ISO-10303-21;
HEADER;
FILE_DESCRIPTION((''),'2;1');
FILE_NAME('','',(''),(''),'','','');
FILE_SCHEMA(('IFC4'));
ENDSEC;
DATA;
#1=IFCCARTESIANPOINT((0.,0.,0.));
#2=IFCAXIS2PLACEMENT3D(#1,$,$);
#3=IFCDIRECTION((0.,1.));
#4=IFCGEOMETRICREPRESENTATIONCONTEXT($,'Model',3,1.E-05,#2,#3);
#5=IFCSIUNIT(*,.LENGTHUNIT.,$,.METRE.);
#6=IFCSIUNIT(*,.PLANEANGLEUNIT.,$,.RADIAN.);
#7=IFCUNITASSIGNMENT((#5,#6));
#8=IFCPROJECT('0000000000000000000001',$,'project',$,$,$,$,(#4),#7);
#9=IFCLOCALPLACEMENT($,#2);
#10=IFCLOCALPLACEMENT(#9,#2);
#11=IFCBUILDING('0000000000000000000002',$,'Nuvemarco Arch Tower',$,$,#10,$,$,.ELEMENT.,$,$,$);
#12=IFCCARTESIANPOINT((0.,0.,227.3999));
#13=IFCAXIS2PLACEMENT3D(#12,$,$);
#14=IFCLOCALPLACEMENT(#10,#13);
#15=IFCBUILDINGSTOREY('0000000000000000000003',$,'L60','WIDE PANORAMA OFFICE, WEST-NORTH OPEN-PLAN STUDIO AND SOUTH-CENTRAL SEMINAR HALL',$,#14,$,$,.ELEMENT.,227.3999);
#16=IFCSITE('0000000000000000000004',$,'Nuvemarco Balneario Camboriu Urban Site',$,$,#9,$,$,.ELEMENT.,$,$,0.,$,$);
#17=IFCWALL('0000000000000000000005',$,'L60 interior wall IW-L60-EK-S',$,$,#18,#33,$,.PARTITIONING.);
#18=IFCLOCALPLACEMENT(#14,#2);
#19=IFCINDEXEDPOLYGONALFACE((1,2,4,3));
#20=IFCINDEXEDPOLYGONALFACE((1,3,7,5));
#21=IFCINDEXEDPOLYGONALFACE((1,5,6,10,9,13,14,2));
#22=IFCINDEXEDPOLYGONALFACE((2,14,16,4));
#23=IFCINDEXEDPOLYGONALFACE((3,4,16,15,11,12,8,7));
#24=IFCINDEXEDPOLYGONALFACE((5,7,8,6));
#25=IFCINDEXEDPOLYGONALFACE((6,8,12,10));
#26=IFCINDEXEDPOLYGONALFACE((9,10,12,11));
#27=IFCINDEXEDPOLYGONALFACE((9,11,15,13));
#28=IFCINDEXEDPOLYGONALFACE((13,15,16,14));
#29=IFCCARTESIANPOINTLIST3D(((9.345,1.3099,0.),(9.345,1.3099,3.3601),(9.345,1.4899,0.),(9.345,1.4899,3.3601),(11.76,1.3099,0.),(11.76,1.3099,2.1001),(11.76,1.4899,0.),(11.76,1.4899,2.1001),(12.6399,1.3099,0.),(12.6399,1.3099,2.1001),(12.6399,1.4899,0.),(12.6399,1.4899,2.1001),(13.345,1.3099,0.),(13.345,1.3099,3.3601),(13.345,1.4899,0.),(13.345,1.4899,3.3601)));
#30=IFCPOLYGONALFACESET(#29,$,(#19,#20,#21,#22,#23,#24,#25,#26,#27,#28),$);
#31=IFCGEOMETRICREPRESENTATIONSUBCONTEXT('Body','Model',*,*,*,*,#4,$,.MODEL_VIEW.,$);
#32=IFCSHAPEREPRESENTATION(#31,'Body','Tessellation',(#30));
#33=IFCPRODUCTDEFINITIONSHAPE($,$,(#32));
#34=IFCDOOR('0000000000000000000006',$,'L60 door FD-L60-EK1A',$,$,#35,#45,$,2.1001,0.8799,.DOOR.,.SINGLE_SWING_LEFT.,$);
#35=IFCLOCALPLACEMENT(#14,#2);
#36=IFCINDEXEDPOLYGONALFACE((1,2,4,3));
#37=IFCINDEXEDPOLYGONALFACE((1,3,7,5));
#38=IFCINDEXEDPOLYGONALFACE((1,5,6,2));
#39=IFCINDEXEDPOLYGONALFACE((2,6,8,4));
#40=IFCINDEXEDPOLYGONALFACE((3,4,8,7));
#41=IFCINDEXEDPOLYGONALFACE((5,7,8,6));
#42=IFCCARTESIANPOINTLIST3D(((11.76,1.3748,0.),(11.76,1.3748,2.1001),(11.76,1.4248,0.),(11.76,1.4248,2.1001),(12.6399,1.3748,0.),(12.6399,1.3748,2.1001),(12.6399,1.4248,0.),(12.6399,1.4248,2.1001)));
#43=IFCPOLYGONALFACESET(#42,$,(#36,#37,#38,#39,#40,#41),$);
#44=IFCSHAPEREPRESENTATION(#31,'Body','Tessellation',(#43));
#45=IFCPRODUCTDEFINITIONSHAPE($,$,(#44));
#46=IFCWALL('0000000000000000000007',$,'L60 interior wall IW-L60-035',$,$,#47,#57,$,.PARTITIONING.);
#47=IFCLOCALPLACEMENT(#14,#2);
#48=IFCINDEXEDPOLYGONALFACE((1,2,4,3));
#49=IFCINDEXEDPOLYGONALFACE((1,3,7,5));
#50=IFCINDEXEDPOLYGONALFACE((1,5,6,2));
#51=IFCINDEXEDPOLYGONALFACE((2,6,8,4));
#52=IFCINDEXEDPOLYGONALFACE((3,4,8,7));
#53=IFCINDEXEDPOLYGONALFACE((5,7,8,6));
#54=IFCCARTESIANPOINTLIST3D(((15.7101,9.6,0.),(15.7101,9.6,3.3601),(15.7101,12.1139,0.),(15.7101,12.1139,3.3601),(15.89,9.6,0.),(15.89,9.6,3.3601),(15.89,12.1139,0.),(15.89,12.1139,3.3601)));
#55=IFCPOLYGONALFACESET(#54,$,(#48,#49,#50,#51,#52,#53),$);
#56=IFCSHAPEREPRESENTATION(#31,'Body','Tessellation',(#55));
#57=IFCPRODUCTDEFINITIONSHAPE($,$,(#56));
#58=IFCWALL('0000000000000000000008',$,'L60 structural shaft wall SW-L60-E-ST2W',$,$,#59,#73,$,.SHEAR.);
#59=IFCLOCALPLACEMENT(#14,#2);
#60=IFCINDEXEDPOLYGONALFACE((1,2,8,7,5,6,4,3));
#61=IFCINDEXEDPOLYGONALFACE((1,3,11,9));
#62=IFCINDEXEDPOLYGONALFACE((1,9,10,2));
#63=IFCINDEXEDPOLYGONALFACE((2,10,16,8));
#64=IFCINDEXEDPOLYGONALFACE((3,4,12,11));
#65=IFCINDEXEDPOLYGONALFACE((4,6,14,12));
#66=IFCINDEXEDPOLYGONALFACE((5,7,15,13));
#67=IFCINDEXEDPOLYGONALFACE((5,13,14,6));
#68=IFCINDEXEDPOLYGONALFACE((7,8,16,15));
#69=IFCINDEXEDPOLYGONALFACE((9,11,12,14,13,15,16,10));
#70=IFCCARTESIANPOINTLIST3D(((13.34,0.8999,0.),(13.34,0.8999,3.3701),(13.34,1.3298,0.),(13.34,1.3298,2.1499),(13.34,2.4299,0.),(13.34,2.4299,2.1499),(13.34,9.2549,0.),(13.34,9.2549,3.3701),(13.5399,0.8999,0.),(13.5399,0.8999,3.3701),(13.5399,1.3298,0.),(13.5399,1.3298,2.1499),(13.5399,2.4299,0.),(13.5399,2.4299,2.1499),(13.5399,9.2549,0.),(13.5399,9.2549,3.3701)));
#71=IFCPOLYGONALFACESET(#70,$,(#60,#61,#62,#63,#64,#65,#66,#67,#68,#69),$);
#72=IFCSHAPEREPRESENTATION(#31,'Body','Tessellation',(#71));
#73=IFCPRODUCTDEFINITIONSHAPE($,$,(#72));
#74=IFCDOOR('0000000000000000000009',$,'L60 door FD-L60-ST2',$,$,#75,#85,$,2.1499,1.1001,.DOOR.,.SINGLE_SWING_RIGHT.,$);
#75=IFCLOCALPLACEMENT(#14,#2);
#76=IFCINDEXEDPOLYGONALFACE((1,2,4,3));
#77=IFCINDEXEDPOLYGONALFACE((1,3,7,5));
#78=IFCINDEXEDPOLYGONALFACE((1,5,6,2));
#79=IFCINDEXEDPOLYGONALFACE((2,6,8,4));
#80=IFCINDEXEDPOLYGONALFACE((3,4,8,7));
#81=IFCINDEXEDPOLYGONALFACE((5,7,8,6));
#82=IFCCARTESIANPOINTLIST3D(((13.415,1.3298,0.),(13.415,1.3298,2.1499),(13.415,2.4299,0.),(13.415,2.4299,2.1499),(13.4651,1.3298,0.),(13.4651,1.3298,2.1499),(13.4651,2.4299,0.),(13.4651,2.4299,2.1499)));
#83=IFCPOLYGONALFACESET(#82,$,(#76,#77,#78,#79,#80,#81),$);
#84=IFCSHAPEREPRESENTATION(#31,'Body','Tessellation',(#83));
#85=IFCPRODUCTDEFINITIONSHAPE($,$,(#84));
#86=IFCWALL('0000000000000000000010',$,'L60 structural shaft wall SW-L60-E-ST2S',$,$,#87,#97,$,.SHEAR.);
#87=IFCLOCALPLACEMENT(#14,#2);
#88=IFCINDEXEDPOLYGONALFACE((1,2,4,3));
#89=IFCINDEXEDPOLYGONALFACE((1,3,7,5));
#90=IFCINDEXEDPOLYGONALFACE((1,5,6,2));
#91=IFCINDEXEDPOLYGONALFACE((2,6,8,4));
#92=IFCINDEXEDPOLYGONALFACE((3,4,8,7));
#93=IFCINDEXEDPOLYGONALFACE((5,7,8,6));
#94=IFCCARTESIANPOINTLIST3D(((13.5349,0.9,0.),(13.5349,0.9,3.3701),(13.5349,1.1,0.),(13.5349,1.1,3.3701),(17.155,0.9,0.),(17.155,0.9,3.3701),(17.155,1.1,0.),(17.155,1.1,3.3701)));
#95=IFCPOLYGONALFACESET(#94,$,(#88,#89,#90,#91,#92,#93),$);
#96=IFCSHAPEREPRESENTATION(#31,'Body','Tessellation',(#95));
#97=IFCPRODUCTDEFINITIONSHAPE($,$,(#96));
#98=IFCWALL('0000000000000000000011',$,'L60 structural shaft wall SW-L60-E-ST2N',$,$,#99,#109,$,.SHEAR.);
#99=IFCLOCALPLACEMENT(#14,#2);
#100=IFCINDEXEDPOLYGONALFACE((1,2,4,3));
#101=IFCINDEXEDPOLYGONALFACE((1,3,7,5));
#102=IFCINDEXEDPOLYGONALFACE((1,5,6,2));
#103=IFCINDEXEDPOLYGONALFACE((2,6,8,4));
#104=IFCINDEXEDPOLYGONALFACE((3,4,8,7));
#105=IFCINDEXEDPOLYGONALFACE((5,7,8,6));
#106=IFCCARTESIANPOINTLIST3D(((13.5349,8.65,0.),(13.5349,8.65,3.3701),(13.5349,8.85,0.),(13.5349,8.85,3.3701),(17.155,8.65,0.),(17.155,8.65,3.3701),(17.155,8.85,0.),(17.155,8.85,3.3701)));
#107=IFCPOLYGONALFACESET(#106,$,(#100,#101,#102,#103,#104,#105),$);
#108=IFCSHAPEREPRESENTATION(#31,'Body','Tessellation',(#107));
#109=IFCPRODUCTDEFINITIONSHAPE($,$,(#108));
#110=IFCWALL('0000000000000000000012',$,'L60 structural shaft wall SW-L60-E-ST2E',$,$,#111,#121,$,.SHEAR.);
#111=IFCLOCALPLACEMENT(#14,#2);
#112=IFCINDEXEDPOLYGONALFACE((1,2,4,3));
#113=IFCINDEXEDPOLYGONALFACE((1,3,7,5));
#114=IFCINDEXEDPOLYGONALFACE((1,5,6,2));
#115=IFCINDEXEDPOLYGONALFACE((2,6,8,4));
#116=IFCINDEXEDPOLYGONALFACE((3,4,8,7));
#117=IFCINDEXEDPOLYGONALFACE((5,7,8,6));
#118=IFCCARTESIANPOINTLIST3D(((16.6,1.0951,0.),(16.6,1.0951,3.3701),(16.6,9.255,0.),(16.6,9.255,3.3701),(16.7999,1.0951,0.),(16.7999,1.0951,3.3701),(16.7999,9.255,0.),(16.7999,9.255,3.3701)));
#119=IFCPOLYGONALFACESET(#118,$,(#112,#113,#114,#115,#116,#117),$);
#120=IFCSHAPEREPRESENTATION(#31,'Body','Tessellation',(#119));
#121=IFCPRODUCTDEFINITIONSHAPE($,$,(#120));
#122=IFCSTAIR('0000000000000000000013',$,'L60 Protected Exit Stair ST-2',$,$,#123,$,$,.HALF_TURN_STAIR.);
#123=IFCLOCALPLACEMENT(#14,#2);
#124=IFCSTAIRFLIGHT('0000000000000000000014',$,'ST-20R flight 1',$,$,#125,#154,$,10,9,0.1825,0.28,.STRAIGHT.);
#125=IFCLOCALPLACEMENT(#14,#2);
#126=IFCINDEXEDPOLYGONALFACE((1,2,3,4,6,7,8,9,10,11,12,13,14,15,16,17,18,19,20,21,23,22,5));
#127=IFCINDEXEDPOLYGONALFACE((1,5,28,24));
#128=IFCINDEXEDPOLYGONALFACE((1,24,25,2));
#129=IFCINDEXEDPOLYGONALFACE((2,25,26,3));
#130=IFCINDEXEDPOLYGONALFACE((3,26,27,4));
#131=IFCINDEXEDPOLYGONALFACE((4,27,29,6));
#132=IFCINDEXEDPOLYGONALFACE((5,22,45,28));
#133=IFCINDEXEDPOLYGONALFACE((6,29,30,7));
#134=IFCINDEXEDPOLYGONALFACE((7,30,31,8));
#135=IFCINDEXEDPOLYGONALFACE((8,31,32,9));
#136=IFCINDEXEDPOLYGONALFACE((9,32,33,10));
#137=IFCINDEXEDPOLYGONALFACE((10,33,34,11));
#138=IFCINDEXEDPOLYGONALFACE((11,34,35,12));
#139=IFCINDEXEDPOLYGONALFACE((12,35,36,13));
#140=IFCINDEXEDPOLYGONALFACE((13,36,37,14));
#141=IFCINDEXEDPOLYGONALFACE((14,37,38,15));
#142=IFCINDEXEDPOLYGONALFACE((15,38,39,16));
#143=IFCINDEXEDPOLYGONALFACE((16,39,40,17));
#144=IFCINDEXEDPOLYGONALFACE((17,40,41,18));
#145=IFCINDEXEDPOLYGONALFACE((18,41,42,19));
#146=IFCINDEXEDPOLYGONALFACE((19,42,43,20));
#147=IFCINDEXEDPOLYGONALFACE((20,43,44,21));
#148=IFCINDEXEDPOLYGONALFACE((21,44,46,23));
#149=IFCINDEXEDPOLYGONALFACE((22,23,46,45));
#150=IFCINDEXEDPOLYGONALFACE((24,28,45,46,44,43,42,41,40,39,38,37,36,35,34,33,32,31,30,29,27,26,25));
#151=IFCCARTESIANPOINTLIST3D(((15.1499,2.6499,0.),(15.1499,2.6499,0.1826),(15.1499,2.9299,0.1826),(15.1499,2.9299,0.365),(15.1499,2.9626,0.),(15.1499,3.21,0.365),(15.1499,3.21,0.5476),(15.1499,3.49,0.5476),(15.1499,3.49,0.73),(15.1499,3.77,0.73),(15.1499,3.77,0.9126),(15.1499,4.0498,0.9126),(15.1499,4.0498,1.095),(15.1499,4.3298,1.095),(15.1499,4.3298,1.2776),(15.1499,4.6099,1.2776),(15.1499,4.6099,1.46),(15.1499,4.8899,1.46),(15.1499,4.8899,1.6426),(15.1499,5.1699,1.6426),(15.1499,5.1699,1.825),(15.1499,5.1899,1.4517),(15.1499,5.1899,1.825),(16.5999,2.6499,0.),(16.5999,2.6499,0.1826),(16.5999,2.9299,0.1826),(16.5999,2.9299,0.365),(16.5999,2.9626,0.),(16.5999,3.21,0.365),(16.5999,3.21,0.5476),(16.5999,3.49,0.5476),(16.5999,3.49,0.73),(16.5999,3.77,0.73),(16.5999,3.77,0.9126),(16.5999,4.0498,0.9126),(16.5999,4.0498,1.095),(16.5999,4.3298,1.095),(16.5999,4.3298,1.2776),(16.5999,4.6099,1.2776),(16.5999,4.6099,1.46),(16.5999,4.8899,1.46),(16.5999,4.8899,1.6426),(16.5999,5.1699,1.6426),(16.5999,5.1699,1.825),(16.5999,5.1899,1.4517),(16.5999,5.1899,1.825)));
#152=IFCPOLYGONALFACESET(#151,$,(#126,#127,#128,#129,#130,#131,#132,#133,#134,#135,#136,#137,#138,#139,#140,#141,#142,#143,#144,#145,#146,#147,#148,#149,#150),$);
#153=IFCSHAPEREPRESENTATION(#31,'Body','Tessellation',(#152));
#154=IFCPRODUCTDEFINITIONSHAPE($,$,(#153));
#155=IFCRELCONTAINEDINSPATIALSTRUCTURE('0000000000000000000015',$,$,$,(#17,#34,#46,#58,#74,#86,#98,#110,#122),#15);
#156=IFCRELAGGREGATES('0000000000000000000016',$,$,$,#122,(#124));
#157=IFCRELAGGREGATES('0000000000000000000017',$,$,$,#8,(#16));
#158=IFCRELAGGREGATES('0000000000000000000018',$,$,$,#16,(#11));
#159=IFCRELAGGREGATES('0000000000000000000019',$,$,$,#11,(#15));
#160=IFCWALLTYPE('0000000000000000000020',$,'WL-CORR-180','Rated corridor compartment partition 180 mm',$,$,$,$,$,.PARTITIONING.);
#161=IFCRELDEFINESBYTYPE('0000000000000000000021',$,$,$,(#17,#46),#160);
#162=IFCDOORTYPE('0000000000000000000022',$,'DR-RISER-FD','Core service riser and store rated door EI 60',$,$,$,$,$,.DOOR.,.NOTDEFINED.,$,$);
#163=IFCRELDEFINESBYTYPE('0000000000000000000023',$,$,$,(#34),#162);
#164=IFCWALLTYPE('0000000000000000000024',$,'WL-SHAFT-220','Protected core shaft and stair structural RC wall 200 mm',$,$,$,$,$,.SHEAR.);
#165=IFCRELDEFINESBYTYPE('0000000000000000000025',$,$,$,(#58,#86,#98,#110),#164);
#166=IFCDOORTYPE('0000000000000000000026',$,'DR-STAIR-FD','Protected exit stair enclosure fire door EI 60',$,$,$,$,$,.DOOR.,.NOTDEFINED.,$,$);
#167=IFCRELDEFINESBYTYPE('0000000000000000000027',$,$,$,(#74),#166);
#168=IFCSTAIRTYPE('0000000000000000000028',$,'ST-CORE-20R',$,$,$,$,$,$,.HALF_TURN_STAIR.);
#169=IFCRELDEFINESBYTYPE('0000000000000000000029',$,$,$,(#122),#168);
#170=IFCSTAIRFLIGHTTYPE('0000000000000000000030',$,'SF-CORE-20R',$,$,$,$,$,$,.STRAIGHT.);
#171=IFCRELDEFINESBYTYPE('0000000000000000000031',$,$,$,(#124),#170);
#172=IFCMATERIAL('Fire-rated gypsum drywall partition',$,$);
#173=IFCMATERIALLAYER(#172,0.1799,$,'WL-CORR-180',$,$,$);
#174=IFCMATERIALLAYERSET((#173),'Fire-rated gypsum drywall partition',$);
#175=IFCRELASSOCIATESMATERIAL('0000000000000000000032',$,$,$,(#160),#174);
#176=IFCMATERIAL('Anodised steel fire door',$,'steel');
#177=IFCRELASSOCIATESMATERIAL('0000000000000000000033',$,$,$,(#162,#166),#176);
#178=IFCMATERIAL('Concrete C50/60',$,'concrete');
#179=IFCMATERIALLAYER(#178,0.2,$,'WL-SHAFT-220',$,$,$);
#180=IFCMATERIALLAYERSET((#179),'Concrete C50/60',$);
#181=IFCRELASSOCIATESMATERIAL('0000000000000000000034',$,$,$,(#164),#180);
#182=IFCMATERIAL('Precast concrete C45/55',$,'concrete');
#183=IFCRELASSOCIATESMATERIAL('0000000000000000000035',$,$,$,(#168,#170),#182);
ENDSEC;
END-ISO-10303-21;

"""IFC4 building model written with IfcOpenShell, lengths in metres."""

from ifc_helpers import new_model, si_unit, direction, frame, frame_2d, origin, place, context, subcontext, project, spatial, polyline, rectangle, outline, extrude, source, transform, mapped, material, layer, layer_set, type_object, type_shapes, element, fill, aggregate, save


model = new_model("IFC4")

# Units and contexts
model_context = context("Model", 3, precision=1e-05, world=origin(), true_north=direction((0.0, 1.0)))
body_context = subcontext(model_context, "Body", "Model", "MODEL_VIEW")
ifc_project = project(units=[si_unit("LENGTHUNIT", "METRE"), si_unit("PLANEANGLEUNIT", "RADIAN")], contexts=[model_context])

# Site, building, storey
site_placement = place(None, origin())
site = spatial("IfcSite", under=ifc_project, at=site_placement, Name="Nuvemarco Balneario Camboriu Urban Site", CompositionType="ELEMENT", RefElevation=0.0)
building_placement = place(site_placement, origin())
building = spatial("IfcBuilding", under=site, at=building_placement, Name="Nuvemarco Arch Tower", CompositionType="ELEMENT")
storey_placement = place(building_placement, frame((0.0, 0.0, 227.3999)))
storey = spatial("IfcBuildingStorey", under=building, at=storey_placement, Name="L60", Description="WIDE PANORAMA OFFICE, WEST-NORTH OPEN-PLAN STUDIO AND SOUTH-CENTRAL SEMINAR HALL", CompositionType="ELEMENT", Elevation=227.3999)

# Shared definitions
ifc_material_1 = material(Name="Concrete C50/60", Category="concrete")

# Shared definitions
ifc_material_2 = material(Name="Precast concrete C45/55", Category="concrete")

# Wall, opening, door
ifc_material_3 = material(Name="Fire-rated gypsum drywall partition")
ifc_layer_1 = layer(ifc_material_3, 0.1799, Name="WL-CORR-180")
ifc_layer_set_1 = layer_set([ifc_layer_1], Name="Fire-rated gypsum drywall partition")
wall_type_1 = type_object("IfcWallType", Name="WL-CORR-180", Description="Rated corridor compartment partition 180 mm", PredefinedType="PARTITIONING", material=ifc_layer_set_1)
wall_1_placement = place(storey_placement, frame((9.345, 1.3999, 0.0), z_axis=(0.0, 0.0, 1.0), x_axis=(1.0, 0.0, 0.0)))
wall_1 = element("IfcWall", 1, at=wall_1_placement, inside=storey, type_object=wall_type_1, Name="L60 interior wall IW-L60-EK-S", PredefinedType="PARTITIONING", context=body_context, shape_type="SweptSolid", body=[
    extrude(rectangle(XDim=4.0, YDim=0.1799, at=frame_2d((2.0, 0.0))), origin(), (0.0, 0.0, 1.0), 3.3601),
])
opening_1_placement = place(wall_1_placement, frame((2.415, 0.0, 0.0)))
opening_1 = element("IfcOpeningElement", 2, at=opening_1_placement, cuts=wall_1, PredefinedType="OPENING", context=body_context, shape_type="SweptSolid", body=[
    extrude(rectangle(XDim=0.8799, YDim=2.1001, at=frame_2d((0.4399, 1.05))), frame((0.0, 0.0999, 0.0), z_axis=(0.0, -1.0, 0.0), x_axis=(1.0, 0.0, 0.0)), (0.0, 0.0, 1.0), 0.2),
])
ifc_material_4 = material(Name="Anodised steel fire door", Category="steel")
door_type_1 = type_object("IfcDoorType", Name="DR-RISER-FD", Description="Core service riser and store rated door EI 60", OperationType="NOTDEFINED", PredefinedType="DOOR", material=ifc_material_4)
shared_shape_1 = source(origin(), body_context, "Body", "SweptSolid", [
    extrude(rectangle(XDim=0.8799, YDim=2.1001, at=frame_2d((0.4399, 1.05))), frame((0.0, 0.0249, 0.0), z_axis=(0.0, -1.0, 0.0), x_axis=(1.0, 0.0, 0.0)), (0.0, 0.0, 1.0), 0.05),
])
type_shapes(door_type_1, [shared_shape_1])
door_1_placement = place(opening_1_placement, origin())
door_1 = element("IfcDoor", 3, at=door_1_placement, inside=storey, type_object=door_type_1, Name="L60 door FD-L60-EK1A", OperationType="SINGLE_SWING_LEFT", OverallHeight=2.1001, OverallWidth=0.8799, PredefinedType="DOOR", context=body_context, shape_type="MappedRepresentation", body=[
    mapped(shared_shape_1, transform((0.0, 0.0, 0.0), scale=1.0)),
])
fill(opening_1, door_1)

# Wall
wall_2_placement = place(storey_placement, frame((15.8, 9.6001, 0.0), z_axis=(0.0, 0.0, 1.0), x_axis=(0.0, 1.0, 0.0)))
element("IfcWall", 4, at=wall_2_placement, inside=storey, type_object=wall_type_1, Name="L60 interior wall IW-L60-035", PredefinedType="PARTITIONING", context=body_context, shape_type="SweptSolid", body=[
    extrude(rectangle(XDim=2.5139, YDim=0.1799, at=frame_2d((1.2568, 0.0))), origin(), (0.0, 0.0, 1.0), 3.3601),
])

# Wall, opening, door
ifc_layer_2 = layer(ifc_material_1, 0.2, Name="WL-SHAFT-220")
ifc_layer_set_2 = layer_set([ifc_layer_2], Name="Concrete C50/60")
wall_type_2 = type_object("IfcWallType", Name="WL-SHAFT-220", Description="Protected core shaft and stair structural RC wall 200 mm", PredefinedType="SHEAR", material=ifc_layer_set_2)
wall_3_placement = place(storey_placement, frame((13.4399, 0.8999, 0.0), z_axis=(0.0, 0.0, 1.0), x_axis=(0.0, 1.0, 0.0)))
wall_3 = element("IfcWall", 5, at=wall_3_placement, inside=storey, type_object=wall_type_2, Name="L60 structural shaft wall SW-L60-E-ST2W", PredefinedType="SHEAR", context=body_context, shape_type="SweptSolid", body=[
    extrude(rectangle(XDim=8.355, YDim=0.2, at=frame_2d((4.1775, 0.0))), origin(), (0.0, 0.0, 1.0), 3.3701),
])
opening_2_placement = place(wall_3_placement, frame((0.4299, 0.0, 0.0)))
opening_2 = element("IfcOpeningElement", 6, at=opening_2_placement, cuts=wall_3, PredefinedType="OPENING", context=body_context, shape_type="SweptSolid", body=[
    extrude(rectangle(XDim=1.1001, YDim=2.1499, at=frame_2d((0.55, 1.075))), frame((0.0, 0.1099, 0.0), z_axis=(0.0, -1.0, 0.0), x_axis=(1.0, 0.0, 0.0)), (0.0, 0.0, 1.0), 0.22),
])
door_type_2 = type_object("IfcDoorType", Name="DR-STAIR-FD", Description="Protected exit stair enclosure fire door EI 60", OperationType="NOTDEFINED", PredefinedType="DOOR", material=ifc_material_4)
shared_shape_2 = source(origin(), body_context, "Body", "SweptSolid", [
    extrude(rectangle(XDim=1.1001, YDim=2.1499, at=frame_2d((0.55, 1.075))), frame((0.0, 0.0249, 0.0), z_axis=(0.0, -1.0, 0.0), x_axis=(1.0, 0.0, 0.0)), (0.0, 0.0, 1.0), 0.05),
])
type_shapes(door_type_2, [shared_shape_2])
door_2_placement = place(opening_2_placement, origin())
door_2 = element("IfcDoor", 7, at=door_2_placement, inside=storey, type_object=door_type_2, Name="L60 door FD-L60-ST2", OperationType="SINGLE_SWING_RIGHT", OverallHeight=2.1499, OverallWidth=1.1001, PredefinedType="DOOR", context=body_context, shape_type="MappedRepresentation", body=[
    mapped(shared_shape_2, transform((0.0, 0.0, 0.0), scale=1.0)),
])
fill(opening_2, door_2)

# Walls
for number, where, z_axis, x_axis, name in (
    (8, (13.5349, 1.0, 0.0), (0.0, 0.0, 1.0), (1.0, 0.0, 0.0), "L60 structural shaft wall SW-L60-E-ST2S"),
    (9, (13.5349, 8.75, 0.0), (0.0, 0.0, 1.0), (1.0, 0.0, 0.0), "L60 structural shaft wall SW-L60-E-ST2N"),
):
    element("IfcWall", number, at=place(storey_placement, frame(where, z_axis=z_axis, x_axis=x_axis)), inside=storey, type_object=wall_type_2, Name=name, PredefinedType="SHEAR", context=body_context, shape_type="SweptSolid", body=[
        extrude(rectangle(XDim=3.6201, YDim=0.2, at=frame_2d((1.8101, 0.0))), origin(), (0.0, 0.0, 1.0), 3.3701),
    ])
wall_4_placement = place(storey_placement, frame((16.7, 1.095, 0.0), z_axis=(0.0, 0.0, 1.0), x_axis=(0.0, 1.0, 0.0)))
element("IfcWall", 10, at=wall_4_placement, inside=storey, type_object=wall_type_2, Name="L60 structural shaft wall SW-L60-E-ST2E", PredefinedType="SHEAR", context=body_context, shape_type="SweptSolid", body=[
    extrude(rectangle(XDim=8.1599, YDim=0.2, at=frame_2d((4.0801, 0.0))), origin(), (0.0, 0.0, 1.0), 3.3701),
])

# Stair, stair flight
stair_type = type_object("IfcStairType", Name="ST-CORE-20R", PredefinedType="HALF_TURN_STAIR", material=ifc_material_2)
stair_placement = place(storey_placement, origin())
stair = element("IfcStair", 11, at=stair_placement, inside=storey, type_object=stair_type, Name="L60 Protected Exit Stair ST-2", PredefinedType="HALF_TURN_STAIR")
stair_flight_type = type_object("IfcStairFlightType", Name="SF-CORE-20R", PredefinedType="STRAIGHT", material=ifc_material_2)
stair_flight_1_placement = place(storey_placement, frame((15.875, 2.6499, 0.0), z_axis=(0.0, 0.0, 1.0), x_axis=(0.0, 1.0, 0.0)))
stair_flight_1 = element("IfcStairFlight", 12, at=stair_flight_1_placement, type_object=stair_flight_type, Name="ST-20R flight 1", NumberOfRisers=10, NumberOfTreads=9, PredefinedType="STRAIGHT", RiserHeight=0.1825, TreadLength=0.28, context=body_context, shape_type="SweptSolid", body=[
    extrude(outline(polyline([(0.0, 0.0), (0.0, 0.1826), (0.28, 0.1826), (0.28, 0.365), (0.5601, 0.365), (0.5601, 0.5476), (0.8401, 0.5476), (0.8401, 0.73), (1.1201, 0.73), (1.1201, 0.9126), (1.3999, 0.9126), (1.3999, 1.095), (1.6799, 1.095), (1.6799, 1.2776), (1.96, 1.2776), (1.96, 1.46), (2.24, 1.46), (2.24, 1.6426), (2.52, 1.6426), (2.52, 1.825), (2.54, 1.825), (2.54, 1.4517), (0.3127, 0.0), (0.0, 0.0)])), frame((0.0, 0.7251, 0.0), z_axis=(0.0, -1.0, 0.0), x_axis=(1.0, 0.0, 0.0)), (0.0, 0.0, 1.0), 1.45),
])
aggregate(stair, [stair_flight_1])

save(model, "model.ifc")
